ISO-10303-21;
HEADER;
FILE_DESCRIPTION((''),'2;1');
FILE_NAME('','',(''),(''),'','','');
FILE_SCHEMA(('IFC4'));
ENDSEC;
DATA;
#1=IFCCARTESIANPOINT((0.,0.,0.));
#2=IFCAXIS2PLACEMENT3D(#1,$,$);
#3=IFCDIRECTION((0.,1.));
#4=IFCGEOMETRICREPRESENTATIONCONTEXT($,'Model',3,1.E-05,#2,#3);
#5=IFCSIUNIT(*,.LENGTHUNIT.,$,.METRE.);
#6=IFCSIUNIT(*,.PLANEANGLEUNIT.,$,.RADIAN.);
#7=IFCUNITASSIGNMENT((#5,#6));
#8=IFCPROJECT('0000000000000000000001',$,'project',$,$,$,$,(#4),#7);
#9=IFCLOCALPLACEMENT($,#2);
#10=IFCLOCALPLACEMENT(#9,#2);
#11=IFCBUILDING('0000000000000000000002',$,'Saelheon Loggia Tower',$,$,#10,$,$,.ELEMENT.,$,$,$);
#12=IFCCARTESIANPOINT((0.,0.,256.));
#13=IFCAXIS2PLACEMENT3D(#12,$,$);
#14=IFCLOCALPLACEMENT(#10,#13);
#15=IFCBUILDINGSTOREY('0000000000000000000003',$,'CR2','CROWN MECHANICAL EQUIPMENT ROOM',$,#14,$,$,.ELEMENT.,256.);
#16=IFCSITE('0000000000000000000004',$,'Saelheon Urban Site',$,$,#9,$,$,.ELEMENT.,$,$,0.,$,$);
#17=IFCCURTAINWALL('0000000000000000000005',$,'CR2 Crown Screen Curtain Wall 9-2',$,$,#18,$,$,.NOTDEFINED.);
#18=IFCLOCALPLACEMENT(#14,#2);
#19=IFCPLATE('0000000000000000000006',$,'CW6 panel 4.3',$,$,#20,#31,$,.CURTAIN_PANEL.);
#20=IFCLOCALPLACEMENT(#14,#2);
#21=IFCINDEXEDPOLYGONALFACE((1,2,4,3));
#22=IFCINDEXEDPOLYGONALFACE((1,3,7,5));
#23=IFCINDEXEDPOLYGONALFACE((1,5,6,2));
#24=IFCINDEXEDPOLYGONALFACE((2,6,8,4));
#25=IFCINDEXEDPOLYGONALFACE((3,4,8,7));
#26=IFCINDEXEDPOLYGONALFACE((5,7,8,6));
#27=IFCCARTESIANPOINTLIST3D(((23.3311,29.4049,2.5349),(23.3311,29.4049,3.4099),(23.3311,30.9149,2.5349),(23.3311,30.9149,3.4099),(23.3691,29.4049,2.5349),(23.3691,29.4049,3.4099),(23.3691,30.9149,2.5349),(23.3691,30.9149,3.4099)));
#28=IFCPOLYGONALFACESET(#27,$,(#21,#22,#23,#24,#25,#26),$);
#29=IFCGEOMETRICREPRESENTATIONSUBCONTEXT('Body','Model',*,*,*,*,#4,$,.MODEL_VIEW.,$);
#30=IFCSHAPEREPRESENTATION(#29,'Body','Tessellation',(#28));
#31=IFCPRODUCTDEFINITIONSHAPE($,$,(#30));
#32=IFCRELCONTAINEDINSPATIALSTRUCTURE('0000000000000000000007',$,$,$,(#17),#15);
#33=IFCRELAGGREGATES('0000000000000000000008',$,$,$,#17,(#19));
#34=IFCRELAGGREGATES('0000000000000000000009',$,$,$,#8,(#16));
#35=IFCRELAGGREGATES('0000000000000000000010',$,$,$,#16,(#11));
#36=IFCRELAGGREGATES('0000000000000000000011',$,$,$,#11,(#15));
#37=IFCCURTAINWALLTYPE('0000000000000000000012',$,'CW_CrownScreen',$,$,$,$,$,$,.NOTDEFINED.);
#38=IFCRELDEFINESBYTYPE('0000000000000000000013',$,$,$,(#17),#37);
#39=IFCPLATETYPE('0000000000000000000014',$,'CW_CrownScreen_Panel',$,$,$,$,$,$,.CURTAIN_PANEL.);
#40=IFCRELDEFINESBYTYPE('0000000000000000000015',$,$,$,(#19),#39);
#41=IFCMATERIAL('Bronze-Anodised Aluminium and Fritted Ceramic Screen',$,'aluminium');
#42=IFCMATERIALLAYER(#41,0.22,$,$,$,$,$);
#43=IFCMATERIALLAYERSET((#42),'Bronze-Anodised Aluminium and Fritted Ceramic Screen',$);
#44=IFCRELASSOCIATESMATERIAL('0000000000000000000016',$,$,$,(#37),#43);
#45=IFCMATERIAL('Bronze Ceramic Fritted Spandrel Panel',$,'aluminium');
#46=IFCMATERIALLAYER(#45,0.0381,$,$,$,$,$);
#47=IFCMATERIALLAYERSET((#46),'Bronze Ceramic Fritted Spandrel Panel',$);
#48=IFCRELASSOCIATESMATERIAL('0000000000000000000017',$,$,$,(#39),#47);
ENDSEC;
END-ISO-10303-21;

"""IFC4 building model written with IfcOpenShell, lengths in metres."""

from ifc_helpers import new_model, si_unit, direction, frame, origin, origin_2d, place, context, subcontext, project, spatial, rectangle, extrude, source, transform, mapped, material, layer, layer_set, type_object, element, aggregate, save


model = new_model("IFC4")

# Units and contexts
model_context = context("Model", 3, precision=1e-05, world=origin(), true_north=direction((0.0, 1.0)))
body_context = subcontext(model_context, "Body", "Model", "MODEL_VIEW")
ifc_project = project(units=[si_unit("LENGTHUNIT", "METRE"), si_unit("PLANEANGLEUNIT", "RADIAN")], contexts=[model_context])

# Site, building, storey
site_placement = place(None, origin())
site = spatial("IfcSite", under=ifc_project, at=site_placement, Name="Saelheon Urban Site", CompositionType="ELEMENT", RefElevation=0.0)
building_placement = place(site_placement, origin())
building = spatial("IfcBuilding", under=site, at=building_placement, Name="Saelheon Loggia Tower", CompositionType="ELEMENT")
storey_placement = place(building_placement, frame((0.0, 0.0, 256.0)))
storey = spatial("IfcBuildingStorey", under=building, at=storey_placement, Name="CR2", Description="CROWN MECHANICAL EQUIPMENT ROOM", CompositionType="ELEMENT", Elevation=256.0)

# Curtain wall, plate
ifc_material_1 = material(Name="Bronze-Anodised Aluminium and Fritted Ceramic Screen", Category="aluminium")
ifc_layer_1 = layer(ifc_material_1, 0.22)
ifc_layer_set_1 = layer_set([ifc_layer_1], Name="Bronze-Anodised Aluminium and Fritted Ceramic Screen")
curtain_wall_type = type_object("IfcCurtainWallType", Name="CW_CrownScreen", PredefinedType="NOTDEFINED", material=ifc_layer_set_1)
curtain_wall_placement = place(storey_placement, origin())
curtain_wall = element("IfcCurtainWall", 1, at=curtain_wall_placement, inside=storey, type_object=curtain_wall_type, Name="CR2 Crown Screen Curtain Wall 9-2", PredefinedType="NOTDEFINED")
ifc_material_2 = material(Name="Bronze Ceramic Fritted Spandrel Panel", Category="aluminium")
ifc_layer_2 = layer(ifc_material_2, 0.0381)
ifc_layer_set_2 = layer_set([ifc_layer_2], Name="Bronze Ceramic Fritted Spandrel Panel")
plate_type = type_object("IfcPlateType", Name="CW_CrownScreen_Panel", PredefinedType="CURTAIN_PANEL", material=ifc_layer_set_2)
shared_shape_1 = source(origin(), body_context, "Body", "SweptSolid", [
    extrude(rectangle(XDim=1.51, YDim=0.0381, at=origin_2d()), origin(), (0.0, 0.0, 1.0), 0.875),
])
plate_1_placement = place(storey_placement, frame((23.3501, 30.1599, 2.5349), z_axis=(0.0, 0.0, 1.0), x_axis=(0.0, -1.0, 0.0)))
plate_1 = element("IfcPlate", 2, at=plate_1_placement, type_object=plate_type, Name="CW6 panel 4.3", PredefinedType="CURTAIN_PANEL", context=body_context, shape_type="MappedRepresentation", body=[
    mapped(shared_shape_1, transform((0.0, 0.0, 0.0), scale=1.0)),
])
aggregate(curtain_wall, [plate_1])

save(model, "model.ifc")
